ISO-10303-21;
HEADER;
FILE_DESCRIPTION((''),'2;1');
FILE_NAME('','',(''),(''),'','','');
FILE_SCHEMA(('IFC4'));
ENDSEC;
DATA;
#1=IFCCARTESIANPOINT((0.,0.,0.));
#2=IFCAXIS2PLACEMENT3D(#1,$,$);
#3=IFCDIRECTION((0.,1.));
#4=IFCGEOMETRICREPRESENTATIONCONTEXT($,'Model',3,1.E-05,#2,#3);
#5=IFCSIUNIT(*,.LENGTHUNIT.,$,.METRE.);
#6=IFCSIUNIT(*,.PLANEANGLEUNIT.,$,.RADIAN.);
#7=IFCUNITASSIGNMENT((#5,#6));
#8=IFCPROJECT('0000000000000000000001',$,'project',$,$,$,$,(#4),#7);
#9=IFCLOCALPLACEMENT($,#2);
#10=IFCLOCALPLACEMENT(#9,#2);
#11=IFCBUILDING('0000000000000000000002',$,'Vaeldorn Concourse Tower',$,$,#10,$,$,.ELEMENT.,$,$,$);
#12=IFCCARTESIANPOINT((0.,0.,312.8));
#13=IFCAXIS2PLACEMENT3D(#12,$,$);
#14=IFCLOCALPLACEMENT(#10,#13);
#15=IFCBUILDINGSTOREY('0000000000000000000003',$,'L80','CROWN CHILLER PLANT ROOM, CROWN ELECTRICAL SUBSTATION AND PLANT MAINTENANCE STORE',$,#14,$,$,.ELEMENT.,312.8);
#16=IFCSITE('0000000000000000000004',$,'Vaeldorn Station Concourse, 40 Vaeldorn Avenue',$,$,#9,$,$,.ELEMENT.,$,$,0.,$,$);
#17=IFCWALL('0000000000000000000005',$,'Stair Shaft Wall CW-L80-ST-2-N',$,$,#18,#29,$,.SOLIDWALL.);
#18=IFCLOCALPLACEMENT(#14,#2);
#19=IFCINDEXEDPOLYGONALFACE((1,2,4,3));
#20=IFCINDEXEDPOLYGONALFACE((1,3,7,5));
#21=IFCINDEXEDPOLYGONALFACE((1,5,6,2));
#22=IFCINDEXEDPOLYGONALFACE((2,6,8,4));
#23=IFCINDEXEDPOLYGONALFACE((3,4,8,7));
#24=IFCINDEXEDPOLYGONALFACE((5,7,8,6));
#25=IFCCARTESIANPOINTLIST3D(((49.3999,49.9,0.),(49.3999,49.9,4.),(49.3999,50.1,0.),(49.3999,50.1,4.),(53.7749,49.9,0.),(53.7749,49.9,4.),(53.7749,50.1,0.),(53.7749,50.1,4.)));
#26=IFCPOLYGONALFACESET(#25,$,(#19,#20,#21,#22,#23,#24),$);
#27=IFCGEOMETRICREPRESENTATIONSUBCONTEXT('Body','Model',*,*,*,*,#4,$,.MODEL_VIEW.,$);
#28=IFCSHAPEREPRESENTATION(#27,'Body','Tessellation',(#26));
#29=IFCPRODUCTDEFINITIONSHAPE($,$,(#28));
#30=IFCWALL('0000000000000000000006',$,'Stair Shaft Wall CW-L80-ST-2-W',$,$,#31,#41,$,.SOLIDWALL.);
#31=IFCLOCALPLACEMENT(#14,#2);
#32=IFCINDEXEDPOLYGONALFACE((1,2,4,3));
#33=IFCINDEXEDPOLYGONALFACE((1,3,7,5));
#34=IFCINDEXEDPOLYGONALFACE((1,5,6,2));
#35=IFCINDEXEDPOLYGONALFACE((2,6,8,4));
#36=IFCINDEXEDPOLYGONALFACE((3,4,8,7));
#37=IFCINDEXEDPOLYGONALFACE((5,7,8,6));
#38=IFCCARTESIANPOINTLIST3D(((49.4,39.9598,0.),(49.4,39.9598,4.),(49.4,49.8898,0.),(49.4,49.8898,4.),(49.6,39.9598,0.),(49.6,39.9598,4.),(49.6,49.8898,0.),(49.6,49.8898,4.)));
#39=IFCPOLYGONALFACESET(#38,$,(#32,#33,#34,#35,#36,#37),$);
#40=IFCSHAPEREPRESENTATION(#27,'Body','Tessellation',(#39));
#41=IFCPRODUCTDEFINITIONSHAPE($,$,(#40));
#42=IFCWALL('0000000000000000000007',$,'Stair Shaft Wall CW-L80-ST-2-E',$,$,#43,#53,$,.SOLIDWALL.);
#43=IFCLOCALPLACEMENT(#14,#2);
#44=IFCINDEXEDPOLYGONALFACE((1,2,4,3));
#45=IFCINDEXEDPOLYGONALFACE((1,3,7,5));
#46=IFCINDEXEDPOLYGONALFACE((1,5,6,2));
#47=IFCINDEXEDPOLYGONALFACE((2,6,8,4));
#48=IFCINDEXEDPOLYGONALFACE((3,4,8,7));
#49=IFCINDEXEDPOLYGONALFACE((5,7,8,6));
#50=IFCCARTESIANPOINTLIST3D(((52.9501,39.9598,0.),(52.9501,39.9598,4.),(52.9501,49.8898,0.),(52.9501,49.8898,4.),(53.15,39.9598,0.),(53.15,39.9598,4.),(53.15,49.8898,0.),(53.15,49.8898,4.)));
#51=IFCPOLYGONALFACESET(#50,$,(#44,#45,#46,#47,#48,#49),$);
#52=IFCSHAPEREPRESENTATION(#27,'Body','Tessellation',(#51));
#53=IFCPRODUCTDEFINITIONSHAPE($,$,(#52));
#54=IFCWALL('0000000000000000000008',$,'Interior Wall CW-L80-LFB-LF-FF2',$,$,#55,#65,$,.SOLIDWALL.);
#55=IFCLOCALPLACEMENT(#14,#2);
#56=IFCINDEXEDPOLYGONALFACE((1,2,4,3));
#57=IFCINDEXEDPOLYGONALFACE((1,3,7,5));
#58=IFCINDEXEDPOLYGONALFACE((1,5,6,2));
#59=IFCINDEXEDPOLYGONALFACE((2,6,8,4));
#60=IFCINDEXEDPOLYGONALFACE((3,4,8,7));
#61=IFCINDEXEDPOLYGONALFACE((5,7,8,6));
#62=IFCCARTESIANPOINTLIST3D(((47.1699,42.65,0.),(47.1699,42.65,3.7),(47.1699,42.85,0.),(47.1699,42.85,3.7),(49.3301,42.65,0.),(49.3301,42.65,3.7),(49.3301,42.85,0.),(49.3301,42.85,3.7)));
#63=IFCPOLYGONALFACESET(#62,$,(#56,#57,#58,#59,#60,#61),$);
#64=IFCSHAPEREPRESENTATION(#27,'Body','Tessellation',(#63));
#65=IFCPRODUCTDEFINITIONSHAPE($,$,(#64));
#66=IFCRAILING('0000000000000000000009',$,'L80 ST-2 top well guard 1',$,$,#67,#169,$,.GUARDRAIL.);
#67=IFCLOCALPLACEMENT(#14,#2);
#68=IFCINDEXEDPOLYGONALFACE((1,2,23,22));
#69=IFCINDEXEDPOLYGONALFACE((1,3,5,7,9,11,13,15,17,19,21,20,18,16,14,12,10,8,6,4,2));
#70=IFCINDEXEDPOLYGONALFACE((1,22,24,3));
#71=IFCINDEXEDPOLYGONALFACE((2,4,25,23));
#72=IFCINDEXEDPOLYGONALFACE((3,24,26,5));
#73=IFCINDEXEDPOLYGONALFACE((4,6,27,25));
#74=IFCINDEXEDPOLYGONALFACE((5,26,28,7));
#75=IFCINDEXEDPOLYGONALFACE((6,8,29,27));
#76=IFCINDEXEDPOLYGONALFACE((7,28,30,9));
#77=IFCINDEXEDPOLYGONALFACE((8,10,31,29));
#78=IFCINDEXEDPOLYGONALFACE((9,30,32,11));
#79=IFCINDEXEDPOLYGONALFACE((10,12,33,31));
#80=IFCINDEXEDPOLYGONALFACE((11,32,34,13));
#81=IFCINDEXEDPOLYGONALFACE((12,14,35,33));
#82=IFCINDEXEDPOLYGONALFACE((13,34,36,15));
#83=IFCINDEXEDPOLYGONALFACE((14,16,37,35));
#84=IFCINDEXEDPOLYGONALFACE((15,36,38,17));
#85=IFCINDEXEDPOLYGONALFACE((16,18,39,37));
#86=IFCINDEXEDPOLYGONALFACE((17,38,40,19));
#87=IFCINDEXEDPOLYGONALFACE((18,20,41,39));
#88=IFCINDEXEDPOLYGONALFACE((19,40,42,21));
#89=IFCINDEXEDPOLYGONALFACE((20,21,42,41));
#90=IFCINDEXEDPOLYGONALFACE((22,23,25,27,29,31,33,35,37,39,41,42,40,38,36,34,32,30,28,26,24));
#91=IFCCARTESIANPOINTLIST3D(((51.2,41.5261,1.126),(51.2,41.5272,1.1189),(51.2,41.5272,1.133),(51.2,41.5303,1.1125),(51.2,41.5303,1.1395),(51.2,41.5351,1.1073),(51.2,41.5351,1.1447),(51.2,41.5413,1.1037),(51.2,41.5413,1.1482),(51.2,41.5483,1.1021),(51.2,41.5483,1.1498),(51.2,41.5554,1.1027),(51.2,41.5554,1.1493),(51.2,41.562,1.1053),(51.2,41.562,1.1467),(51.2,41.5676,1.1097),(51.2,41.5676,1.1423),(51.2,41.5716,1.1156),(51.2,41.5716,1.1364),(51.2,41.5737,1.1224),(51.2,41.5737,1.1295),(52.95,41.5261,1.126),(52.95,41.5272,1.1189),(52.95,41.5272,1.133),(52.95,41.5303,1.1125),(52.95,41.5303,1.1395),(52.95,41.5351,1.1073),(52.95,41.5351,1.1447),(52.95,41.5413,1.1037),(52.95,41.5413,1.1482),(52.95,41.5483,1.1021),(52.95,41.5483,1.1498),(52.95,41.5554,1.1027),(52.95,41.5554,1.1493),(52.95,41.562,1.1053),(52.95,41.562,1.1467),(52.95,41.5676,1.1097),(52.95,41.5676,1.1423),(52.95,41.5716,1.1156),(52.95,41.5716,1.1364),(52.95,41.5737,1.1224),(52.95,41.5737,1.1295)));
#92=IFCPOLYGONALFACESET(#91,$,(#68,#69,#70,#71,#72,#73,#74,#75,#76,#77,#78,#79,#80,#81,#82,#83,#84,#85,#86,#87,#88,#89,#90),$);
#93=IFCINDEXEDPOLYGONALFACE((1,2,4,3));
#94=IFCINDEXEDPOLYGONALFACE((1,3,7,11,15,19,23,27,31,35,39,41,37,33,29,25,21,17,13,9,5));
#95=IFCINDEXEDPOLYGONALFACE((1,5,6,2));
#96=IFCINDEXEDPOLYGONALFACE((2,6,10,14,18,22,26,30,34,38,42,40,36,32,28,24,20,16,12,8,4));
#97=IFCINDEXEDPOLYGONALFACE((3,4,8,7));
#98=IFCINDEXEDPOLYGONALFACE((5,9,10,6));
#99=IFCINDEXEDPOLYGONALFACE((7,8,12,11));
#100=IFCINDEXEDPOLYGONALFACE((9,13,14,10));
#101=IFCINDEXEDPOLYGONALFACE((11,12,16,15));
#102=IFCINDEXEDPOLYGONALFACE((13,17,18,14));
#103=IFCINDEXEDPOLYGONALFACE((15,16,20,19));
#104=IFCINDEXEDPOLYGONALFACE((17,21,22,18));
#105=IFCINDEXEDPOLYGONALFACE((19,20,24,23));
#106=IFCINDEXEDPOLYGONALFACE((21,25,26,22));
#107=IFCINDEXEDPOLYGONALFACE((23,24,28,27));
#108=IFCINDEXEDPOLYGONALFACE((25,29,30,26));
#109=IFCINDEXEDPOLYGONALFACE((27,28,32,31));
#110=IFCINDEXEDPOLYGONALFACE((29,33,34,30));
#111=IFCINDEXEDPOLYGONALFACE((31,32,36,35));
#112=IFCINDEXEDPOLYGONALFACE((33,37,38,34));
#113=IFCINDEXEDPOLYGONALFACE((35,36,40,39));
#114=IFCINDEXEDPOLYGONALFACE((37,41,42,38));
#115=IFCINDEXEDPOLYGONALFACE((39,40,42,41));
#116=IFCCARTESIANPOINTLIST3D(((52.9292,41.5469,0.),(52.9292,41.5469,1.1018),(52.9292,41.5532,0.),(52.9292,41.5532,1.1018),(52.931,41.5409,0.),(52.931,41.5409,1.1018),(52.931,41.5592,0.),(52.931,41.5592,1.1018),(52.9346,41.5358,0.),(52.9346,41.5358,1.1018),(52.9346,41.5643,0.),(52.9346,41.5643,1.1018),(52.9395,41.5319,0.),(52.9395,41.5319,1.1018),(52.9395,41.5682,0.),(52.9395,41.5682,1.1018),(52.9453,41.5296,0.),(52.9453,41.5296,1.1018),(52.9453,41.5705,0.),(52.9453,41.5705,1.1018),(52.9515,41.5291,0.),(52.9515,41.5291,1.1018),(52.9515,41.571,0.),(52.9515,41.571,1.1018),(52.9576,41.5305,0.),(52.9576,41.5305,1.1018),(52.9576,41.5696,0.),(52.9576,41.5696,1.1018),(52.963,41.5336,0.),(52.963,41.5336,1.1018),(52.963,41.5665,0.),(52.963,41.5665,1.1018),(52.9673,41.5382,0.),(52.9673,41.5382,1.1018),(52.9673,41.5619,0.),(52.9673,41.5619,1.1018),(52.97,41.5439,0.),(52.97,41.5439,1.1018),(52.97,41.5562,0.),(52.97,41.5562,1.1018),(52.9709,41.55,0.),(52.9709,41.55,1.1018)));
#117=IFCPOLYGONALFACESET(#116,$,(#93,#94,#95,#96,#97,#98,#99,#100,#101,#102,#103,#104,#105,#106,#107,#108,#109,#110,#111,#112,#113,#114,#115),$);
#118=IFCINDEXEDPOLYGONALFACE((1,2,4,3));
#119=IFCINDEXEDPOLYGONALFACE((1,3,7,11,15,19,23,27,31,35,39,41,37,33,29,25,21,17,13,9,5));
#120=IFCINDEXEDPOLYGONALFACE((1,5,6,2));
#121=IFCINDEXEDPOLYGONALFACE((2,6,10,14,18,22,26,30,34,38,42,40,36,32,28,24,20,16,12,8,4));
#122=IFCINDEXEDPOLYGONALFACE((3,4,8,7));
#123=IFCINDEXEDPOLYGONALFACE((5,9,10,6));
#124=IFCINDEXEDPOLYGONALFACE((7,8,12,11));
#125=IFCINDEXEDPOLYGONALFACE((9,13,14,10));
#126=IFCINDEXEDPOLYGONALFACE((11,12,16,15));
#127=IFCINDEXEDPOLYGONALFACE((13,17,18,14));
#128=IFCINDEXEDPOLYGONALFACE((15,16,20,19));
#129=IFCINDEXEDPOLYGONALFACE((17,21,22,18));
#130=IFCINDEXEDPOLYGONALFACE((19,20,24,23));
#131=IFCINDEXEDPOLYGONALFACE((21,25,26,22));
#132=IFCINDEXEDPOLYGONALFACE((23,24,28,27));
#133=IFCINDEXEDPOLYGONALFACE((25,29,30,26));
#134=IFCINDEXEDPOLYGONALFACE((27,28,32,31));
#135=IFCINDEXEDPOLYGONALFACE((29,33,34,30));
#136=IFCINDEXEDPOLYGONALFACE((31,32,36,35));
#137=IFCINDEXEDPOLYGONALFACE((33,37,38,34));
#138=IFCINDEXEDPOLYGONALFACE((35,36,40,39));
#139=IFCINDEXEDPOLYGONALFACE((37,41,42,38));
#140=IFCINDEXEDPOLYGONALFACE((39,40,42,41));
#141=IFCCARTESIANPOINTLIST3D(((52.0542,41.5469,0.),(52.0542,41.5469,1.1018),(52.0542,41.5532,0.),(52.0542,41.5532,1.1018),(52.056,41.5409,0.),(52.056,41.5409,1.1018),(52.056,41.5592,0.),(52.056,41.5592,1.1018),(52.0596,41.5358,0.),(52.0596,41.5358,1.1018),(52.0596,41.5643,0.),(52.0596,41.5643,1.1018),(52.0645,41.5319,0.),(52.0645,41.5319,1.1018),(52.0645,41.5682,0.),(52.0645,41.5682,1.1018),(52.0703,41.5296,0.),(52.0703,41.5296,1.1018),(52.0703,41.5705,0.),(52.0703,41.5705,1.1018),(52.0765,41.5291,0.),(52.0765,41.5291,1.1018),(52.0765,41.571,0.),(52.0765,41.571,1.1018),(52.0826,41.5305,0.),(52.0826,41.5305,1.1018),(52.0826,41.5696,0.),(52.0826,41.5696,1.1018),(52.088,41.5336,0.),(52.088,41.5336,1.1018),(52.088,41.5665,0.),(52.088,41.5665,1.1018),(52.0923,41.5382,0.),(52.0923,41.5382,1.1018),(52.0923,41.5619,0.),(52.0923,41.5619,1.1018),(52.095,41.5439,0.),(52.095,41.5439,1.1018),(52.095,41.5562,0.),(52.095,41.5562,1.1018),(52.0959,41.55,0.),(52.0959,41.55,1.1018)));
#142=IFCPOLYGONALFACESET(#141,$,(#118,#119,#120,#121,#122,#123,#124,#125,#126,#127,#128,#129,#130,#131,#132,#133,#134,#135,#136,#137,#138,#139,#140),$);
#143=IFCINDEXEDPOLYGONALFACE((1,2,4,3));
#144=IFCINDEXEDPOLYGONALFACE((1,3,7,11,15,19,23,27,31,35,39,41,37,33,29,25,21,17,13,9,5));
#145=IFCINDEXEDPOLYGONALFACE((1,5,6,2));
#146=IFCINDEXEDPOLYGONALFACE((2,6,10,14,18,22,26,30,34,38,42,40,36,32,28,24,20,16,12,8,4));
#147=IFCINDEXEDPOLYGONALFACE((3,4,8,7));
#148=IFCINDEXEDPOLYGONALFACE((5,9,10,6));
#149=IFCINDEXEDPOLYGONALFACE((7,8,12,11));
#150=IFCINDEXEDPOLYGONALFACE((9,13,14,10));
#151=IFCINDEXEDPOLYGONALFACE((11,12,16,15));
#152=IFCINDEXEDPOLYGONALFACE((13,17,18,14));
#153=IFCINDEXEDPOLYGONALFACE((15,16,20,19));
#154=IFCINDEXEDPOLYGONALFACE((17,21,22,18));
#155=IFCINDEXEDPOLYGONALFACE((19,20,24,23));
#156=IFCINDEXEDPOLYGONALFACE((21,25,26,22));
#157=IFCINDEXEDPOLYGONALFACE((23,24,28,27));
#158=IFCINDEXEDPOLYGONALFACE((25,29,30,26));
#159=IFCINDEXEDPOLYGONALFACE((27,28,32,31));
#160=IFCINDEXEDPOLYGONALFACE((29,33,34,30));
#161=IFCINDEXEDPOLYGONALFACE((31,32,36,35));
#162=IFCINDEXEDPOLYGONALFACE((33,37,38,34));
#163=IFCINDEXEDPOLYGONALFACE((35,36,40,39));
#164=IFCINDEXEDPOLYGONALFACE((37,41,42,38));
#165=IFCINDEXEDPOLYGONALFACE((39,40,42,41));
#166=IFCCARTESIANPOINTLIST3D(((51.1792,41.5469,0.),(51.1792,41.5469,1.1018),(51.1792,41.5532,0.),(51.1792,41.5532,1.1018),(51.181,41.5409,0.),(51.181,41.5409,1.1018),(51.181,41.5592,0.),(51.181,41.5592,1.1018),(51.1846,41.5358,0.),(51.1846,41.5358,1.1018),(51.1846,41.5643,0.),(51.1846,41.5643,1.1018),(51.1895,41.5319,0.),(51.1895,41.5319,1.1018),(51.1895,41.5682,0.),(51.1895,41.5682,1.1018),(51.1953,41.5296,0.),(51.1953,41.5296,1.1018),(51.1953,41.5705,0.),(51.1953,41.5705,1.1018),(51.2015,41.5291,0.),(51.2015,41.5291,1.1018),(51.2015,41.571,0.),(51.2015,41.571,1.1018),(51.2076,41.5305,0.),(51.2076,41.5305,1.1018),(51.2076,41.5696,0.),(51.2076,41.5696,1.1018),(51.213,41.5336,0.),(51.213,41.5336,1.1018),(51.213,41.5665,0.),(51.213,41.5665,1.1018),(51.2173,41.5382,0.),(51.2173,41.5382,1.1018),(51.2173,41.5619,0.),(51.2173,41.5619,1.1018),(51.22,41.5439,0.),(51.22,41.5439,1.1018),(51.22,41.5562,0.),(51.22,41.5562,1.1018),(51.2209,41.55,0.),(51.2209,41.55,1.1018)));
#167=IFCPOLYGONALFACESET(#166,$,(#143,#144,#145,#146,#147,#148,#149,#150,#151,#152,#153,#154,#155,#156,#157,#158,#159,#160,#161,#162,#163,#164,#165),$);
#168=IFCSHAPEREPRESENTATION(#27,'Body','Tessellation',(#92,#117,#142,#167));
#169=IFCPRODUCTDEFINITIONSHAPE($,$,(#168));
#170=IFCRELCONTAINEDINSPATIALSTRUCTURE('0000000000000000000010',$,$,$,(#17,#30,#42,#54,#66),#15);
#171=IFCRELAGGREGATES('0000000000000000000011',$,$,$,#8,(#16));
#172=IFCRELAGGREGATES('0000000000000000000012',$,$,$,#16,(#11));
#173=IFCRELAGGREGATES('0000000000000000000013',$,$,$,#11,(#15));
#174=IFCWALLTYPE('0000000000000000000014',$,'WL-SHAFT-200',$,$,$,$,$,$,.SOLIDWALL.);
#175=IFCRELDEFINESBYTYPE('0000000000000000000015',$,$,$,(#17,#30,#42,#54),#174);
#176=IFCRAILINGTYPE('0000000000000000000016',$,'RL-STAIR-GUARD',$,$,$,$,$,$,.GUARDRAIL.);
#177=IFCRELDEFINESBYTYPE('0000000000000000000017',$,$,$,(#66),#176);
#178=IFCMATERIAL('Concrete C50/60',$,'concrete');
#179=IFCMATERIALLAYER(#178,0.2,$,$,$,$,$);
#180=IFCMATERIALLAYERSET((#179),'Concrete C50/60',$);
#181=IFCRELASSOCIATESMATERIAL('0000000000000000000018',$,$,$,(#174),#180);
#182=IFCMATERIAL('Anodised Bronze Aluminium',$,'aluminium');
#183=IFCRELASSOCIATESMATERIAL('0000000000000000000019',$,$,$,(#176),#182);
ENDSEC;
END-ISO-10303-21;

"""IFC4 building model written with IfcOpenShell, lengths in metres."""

from ifc_helpers import new_model, si_unit, direction, frame, frame_2d, origin, origin_2d, place, context, subcontext, project, spatial, rectangle, circle, extrude, material, layer, layer_set, type_object, element, save


model = new_model("IFC4")

# Units and contexts
model_context = context("Model", 3, precision=1e-05, world=origin(), true_north=direction((0.0, 1.0)))
body_context = subcontext(model_context, "Body", "Model", "MODEL_VIEW")
ifc_project = project(units=[si_unit("LENGTHUNIT", "METRE"), si_unit("PLANEANGLEUNIT", "RADIAN")], contexts=[model_context])

# Site, building, storey
site_placement = place(None, origin())
site = spatial("IfcSite", under=ifc_project, at=site_placement, Name="Vaeldorn Station Concourse, 40 Vaeldorn Avenue", CompositionType="ELEMENT", RefElevation=0.0)
building_placement = place(site_placement, origin())
building = spatial("IfcBuilding", under=site, at=building_placement, Name="Vaeldorn Concourse Tower", CompositionType="ELEMENT")
storey_placement = place(building_placement, frame((0.0, 0.0, 312.8)))
storey = spatial("IfcBuildingStorey", under=building, at=storey_placement, Name="L80", Description="CROWN CHILLER PLANT ROOM, CROWN ELECTRICAL SUBSTATION AND PLANT MAINTENANCE STORE", CompositionType="ELEMENT", Elevation=312.8)

# Shared definitions
ifc_material_1 = material(Name="Anodised Bronze Aluminium", Category="aluminium")

# Shared definitions
ifc_material_2 = material(Name="Concrete C50/60", Category="concrete")
ifc_layer_1 = layer(ifc_material_2, 0.2)
ifc_layer_set_1 = layer_set([ifc_layer_1], Name="Concrete C50/60")
wall_type_1 = type_object("IfcWallType", Name="WL-SHAFT-200", PredefinedType="SOLIDWALL", material=ifc_layer_set_1)

# Walls
wall_1_placement = place(storey_placement, frame((49.3999, 50.0, 0.0), z_axis=(0.0, 0.0, 1.0), x_axis=(1.0, 0.0, 0.0)))
element("IfcWall", 1, at=wall_1_placement, inside=storey, type_object=wall_type_1, Name="Stair Shaft Wall CW-L80-ST-2-N", PredefinedType="SOLIDWALL", context=body_context, shape_type="SweptSolid", body=[
    extrude(rectangle(XDim=4.375, YDim=0.2, at=frame_2d((2.1875, 0.0))), origin(), (0.0, 0.0, 1.0), 4.0),
])
for number, where, z_axis, x_axis, name in (
    (2, (49.5, 39.96, 0.0), (0.0, 0.0, 1.0), (0.0, 1.0, 0.0), "Stair Shaft Wall CW-L80-ST-2-W"),
    (3, (53.05, 39.96, 0.0), (0.0, 0.0, 1.0), (0.0, 1.0, 0.0), "Stair Shaft Wall CW-L80-ST-2-E"),
):
    element("IfcWall", number, at=place(storey_placement, frame(where, z_axis=z_axis, x_axis=x_axis)), inside=storey, type_object=wall_type_1, Name=name, PredefinedType="SOLIDWALL", context=body_context, shape_type="SweptSolid", body=[
        extrude(rectangle(XDim=9.9299, YDim=0.2, at=frame_2d((4.9648, 0.0))), origin(), (0.0, 0.0, 1.0), 4.0),
    ])
wall_2_placement = place(storey_placement, frame((47.1699, 42.75, 0.0), z_axis=(0.0, 0.0, 1.0), x_axis=(1.0, 0.0, 0.0)))
element("IfcWall", 4, at=wall_2_placement, inside=storey, type_object=wall_type_1, Name="Interior Wall CW-L80-LFB-LF-FF2", PredefinedType="SOLIDWALL", context=body_context, shape_type="SweptSolid", body=[
    extrude(rectangle(XDim=2.1602, YDim=0.2, at=frame_2d((1.0801, 0.0))), origin(), (0.0, 0.0, 1.0), 3.7),
])

# Railing
railing_type = type_object("IfcRailingType", Name="RL-STAIR-GUARD", PredefinedType="GUARDRAIL", material=ifc_material_1)
railing_placement = place(storey_placement, frame((52.95, 41.55, 0.0)))
element("IfcRailing", 5, at=railing_placement, inside=storey, type_object=railing_type, Name="L80 ST-2 top well guard 1", PredefinedType="GUARDRAIL", context=body_context, shape_type="SweptSolid", body=[
    extrude(circle(Radius=0.0239, at=origin_2d()), frame((0.0, 0.0, 1.126), z_axis=(-1.0, 0.0, 0.0), x_axis=(0.0, -1.0, 0.0)), (0.0, 0.0, 1.0), 1.75),
    extrude(circle(Radius=0.021, at=origin_2d()), origin(), (0.0, 0.0, 1.0), 1.1018),
    extrude(circle(Radius=0.021, at=origin_2d()), frame((-0.875, 0.0, 0.0)), (0.0, 0.0, 1.0), 1.1018),
    extrude(circle(Radius=0.021, at=origin_2d()), frame((-1.75, 0.0, 0.0)), (0.0, 0.0, 1.0), 1.1018),
])

save(model, "model.ifc")
